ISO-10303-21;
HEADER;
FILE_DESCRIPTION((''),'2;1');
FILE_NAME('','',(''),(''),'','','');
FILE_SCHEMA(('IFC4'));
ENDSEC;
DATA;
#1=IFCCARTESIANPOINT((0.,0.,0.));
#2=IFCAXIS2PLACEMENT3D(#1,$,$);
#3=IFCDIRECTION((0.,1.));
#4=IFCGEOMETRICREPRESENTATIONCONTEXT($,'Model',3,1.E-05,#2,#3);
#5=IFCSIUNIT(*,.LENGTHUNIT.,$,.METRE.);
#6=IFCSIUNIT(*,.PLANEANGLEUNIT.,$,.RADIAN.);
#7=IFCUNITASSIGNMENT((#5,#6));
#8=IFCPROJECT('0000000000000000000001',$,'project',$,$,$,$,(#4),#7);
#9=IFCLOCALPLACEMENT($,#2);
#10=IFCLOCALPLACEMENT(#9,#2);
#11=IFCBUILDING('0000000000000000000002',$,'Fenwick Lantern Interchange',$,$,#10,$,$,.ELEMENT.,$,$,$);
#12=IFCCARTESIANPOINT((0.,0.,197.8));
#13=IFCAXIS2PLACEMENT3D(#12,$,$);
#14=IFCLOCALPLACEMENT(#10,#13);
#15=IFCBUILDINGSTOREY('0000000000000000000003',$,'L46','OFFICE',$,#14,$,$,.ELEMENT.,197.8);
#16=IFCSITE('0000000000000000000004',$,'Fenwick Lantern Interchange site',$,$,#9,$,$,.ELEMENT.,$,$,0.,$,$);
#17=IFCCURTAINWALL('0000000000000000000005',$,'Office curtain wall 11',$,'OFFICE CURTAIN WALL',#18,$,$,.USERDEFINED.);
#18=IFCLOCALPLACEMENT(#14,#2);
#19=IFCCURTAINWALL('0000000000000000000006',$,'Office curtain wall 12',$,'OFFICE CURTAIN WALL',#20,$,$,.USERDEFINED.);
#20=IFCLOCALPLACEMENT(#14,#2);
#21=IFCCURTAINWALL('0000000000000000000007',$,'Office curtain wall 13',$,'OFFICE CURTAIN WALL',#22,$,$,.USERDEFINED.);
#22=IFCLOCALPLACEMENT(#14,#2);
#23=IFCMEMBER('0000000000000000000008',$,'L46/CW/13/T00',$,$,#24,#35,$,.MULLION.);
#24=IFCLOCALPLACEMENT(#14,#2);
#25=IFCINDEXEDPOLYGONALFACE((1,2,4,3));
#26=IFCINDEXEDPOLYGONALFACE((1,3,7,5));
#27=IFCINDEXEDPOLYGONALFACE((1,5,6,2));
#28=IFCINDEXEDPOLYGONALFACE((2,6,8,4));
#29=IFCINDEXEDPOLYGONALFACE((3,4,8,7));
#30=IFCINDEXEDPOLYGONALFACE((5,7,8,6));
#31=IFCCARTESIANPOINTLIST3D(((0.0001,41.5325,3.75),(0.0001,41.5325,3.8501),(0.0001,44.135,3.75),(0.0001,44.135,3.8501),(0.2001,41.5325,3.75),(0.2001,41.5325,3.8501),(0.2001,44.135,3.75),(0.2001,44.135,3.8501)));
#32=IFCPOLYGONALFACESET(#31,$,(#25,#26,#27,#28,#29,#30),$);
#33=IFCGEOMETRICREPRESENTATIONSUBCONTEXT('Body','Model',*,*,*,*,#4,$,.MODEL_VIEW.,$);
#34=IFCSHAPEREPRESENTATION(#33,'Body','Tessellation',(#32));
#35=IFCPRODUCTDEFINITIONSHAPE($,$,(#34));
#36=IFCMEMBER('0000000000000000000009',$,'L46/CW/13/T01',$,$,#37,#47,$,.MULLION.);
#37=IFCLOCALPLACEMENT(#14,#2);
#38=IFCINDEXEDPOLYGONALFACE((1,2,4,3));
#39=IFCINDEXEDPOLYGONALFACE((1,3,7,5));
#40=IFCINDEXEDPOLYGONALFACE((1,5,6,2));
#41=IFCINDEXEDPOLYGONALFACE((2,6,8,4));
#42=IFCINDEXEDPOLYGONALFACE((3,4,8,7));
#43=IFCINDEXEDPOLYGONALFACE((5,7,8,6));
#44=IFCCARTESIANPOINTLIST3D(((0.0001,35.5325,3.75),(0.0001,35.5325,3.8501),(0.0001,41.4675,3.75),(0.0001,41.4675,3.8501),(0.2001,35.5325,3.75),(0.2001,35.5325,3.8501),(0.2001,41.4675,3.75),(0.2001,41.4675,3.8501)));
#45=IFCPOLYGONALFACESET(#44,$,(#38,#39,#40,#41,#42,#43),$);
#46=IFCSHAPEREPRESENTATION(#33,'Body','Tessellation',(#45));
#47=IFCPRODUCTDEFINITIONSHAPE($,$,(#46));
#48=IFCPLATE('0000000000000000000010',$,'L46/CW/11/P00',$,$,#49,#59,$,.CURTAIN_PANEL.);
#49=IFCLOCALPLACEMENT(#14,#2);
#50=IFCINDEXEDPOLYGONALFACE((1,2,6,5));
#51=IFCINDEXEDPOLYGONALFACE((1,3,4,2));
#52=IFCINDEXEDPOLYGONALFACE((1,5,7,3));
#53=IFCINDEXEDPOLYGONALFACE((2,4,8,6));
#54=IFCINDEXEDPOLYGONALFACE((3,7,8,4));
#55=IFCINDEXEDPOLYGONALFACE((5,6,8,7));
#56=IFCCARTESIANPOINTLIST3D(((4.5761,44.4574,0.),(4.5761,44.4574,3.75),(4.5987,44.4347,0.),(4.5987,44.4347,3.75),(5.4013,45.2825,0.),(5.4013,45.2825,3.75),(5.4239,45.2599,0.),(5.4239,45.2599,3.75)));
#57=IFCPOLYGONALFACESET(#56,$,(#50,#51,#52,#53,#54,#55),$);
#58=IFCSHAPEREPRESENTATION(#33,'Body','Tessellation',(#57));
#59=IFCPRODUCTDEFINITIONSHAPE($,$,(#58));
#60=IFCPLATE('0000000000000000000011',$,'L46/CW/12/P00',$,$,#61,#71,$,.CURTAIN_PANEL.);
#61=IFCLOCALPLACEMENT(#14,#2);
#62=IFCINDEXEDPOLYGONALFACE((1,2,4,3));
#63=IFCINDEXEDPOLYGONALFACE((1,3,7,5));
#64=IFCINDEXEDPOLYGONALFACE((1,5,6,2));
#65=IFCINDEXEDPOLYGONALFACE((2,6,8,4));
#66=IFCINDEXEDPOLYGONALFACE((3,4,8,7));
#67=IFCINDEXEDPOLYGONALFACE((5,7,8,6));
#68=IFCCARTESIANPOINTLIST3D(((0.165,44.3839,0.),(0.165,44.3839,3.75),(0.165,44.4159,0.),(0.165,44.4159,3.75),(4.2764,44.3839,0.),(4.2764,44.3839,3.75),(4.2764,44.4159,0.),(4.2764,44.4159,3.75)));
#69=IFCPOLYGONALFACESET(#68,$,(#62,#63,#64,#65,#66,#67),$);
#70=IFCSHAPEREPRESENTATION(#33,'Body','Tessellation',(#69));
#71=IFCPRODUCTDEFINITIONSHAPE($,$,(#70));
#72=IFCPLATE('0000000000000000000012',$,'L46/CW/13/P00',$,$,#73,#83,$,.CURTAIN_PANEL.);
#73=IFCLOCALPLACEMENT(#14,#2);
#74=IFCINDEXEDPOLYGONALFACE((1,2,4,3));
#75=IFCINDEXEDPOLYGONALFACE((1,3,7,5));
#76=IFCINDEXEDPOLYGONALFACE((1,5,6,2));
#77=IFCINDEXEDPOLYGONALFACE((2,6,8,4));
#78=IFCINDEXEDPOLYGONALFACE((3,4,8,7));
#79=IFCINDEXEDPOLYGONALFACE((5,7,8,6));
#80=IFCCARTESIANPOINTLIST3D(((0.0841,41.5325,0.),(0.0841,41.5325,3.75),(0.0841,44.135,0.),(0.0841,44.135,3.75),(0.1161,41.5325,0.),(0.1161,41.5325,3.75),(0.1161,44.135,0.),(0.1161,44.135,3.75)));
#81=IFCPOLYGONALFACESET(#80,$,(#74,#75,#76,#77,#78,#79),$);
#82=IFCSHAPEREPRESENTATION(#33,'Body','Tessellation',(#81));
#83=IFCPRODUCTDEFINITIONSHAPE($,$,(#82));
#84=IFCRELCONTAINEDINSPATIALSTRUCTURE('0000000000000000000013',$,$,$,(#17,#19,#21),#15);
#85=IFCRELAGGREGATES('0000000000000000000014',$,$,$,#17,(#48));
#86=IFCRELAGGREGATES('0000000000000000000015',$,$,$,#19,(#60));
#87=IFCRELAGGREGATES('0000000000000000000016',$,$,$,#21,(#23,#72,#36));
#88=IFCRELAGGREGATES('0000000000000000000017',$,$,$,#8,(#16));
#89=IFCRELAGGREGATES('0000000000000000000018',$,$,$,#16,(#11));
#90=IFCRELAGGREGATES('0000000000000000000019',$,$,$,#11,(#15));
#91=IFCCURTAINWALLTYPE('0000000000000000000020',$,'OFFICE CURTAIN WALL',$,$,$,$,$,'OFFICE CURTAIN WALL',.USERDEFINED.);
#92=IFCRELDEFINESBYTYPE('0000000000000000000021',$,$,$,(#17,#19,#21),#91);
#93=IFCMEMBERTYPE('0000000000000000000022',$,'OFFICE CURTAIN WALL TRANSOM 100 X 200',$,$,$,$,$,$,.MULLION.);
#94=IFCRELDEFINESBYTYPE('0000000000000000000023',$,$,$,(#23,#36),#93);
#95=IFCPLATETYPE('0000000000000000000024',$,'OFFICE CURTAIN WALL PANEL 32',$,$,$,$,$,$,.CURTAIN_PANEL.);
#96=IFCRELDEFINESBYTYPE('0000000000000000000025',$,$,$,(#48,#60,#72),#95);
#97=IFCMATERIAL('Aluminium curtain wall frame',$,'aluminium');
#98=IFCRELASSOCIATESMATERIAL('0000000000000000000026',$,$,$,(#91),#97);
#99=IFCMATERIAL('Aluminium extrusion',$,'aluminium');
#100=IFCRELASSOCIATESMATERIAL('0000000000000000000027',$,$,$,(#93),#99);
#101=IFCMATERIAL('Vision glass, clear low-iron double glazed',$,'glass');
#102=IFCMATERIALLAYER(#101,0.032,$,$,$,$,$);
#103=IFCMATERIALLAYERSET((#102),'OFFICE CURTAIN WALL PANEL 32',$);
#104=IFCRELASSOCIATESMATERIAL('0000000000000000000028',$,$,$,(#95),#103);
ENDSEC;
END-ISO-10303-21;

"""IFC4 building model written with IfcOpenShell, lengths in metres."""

from ifc_helpers import new_model, si_unit, direction, frame, origin, origin_2d, place, context, subcontext, project, spatial, rectangle, extrude, material, layer, layer_set, material_profile, profile_set, type_object, element, aggregate, save


model = new_model("IFC4")

# Units and contexts
model_context = context("Model", 3, precision=1e-05, world=origin(), true_north=direction((0.0, 1.0)))
body_context = subcontext(model_context, "Body", "Model", "MODEL_VIEW")
ifc_project = project(units=[si_unit("LENGTHUNIT", "METRE"), si_unit("PLANEANGLEUNIT", "RADIAN")], contexts=[model_context])

# Site, building, storey
site_placement = place(None, origin())
site = spatial("IfcSite", under=ifc_project, at=site_placement, Name="Fenwick Lantern Interchange site", CompositionType="ELEMENT", RefElevation=0.0)
building_placement = place(site_placement, origin())
building = spatial("IfcBuilding", under=site, at=building_placement, Name="Fenwick Lantern Interchange", CompositionType="ELEMENT")
storey_placement = place(building_placement, frame((0.0, 0.0, 197.8)))
storey = spatial("IfcBuildingStorey", under=building, at=storey_placement, Name="L46", Description="OFFICE", CompositionType="ELEMENT", Elevation=197.8)

# Shared definitions
ifc_material_1 = material(Name="Aluminium curtain wall frame", Category="aluminium")
curtain_wall_type = type_object("IfcCurtainWallType", Name="OFFICE CURTAIN WALL", ElementType="OFFICE CURTAIN WALL", PredefinedType="USERDEFINED", material=ifc_material_1)
ifc_material_2 = material(Name="Aluminium extrusion", Category="aluminium")

# Curtain walls
curtain_wall_1_placement = place(storey_placement, origin())
curtain_wall_1 = element("IfcCurtainWall", 1, at=curtain_wall_1_placement, inside=storey, type_object=curtain_wall_type, Name="Office curtain wall 11", ObjectType="OFFICE CURTAIN WALL", PredefinedType="USERDEFINED")
curtain_wall_2_placement = place(storey_placement, origin())
curtain_wall_2 = element("IfcCurtainWall", 2, at=curtain_wall_2_placement, inside=storey, type_object=curtain_wall_type, Name="Office curtain wall 12", ObjectType="OFFICE CURTAIN WALL", PredefinedType="USERDEFINED")
curtain_wall_3_placement = place(storey_placement, origin())
curtain_wall_3 = element("IfcCurtainWall", 3, at=curtain_wall_3_placement, inside=storey, type_object=curtain_wall_type, Name="Office curtain wall 13", ObjectType="OFFICE CURTAIN WALL", PredefinedType="USERDEFINED")

# Members
ifc_material_profile_1 = material_profile(ifc_material_2, rectangle(XDim=0.2, YDim=0.1001, at=origin_2d()), Name="OFFICE CURTAIN WALL TRANSOM 100 X 200")
ifc_profile_set_1 = profile_set([ifc_material_profile_1], Name="Aluminium extrusion")
member_type_1 = type_object("IfcMemberType", Name="OFFICE CURTAIN WALL TRANSOM 100 X 200", PredefinedType="MULLION", material=ifc_profile_set_1)
member_1_placement = place(storey_placement, frame((0.1001, 44.135, 3.8), z_axis=(0.0, -1.0, 0.0), x_axis=(1.0, 0.0, 0.0)))
member_1 = element("IfcMember", 4, at=member_1_placement, type_object=member_type_1, Name="L46/CW/13/T00", PredefinedType="MULLION", context=body_context, shape_type="SweptSolid", body=[
    extrude(rectangle(XDim=0.2, YDim=0.1001, at=origin_2d()), origin(), (0.0, 0.0, 1.0), 2.6025),
])
member_2_placement = place(storey_placement, frame((0.1001, 41.4675, 3.8), z_axis=(0.0, -1.0, 0.0), x_axis=(1.0, 0.0, 0.0)))
member_2 = element("IfcMember", 5, at=member_2_placement, type_object=member_type_1, Name="L46/CW/13/T01", PredefinedType="MULLION", context=body_context, shape_type="SweptSolid", body=[
    extrude(rectangle(XDim=0.2, YDim=0.1001, at=origin_2d()), origin(), (0.0, 0.0, 1.0), 5.9351),
])

# Plates
ifc_material_3 = material(Name="Vision glass, clear low-iron double glazed", Category="glass")
ifc_layer_1 = layer(ifc_material_3, 0.032)
ifc_layer_set_1 = layer_set([ifc_layer_1], Name="OFFICE CURTAIN WALL PANEL 32")
plate_type = type_object("IfcPlateType", Name="OFFICE CURTAIN WALL PANEL 32", PredefinedType="CURTAIN_PANEL", material=ifc_layer_set_1)
plate_1_placement = place(storey_placement, frame((5.0, 44.8586, 0.0), z_axis=(0.0, 0.0, 1.0), x_axis=(-0.707107, -0.707107, 0.0)))
plate_1 = element("IfcPlate", 6, at=plate_1_placement, type_object=plate_type, Name="L46/CW/11/P00", PredefinedType="CURTAIN_PANEL", context=body_context, shape_type="SweptSolid", body=[
    extrude(rectangle(XDim=1.167, YDim=0.032, at=origin_2d()), origin(), (0.0, 0.0, 1.0), 3.75),
])
aggregate(curtain_wall_1, [plate_1])
plate_2_placement = place(storey_placement, frame((2.2207, 44.3999, 0.0), z_axis=(0.0, 0.0, 1.0), x_axis=(-1.0, 0.0, 0.0)))
plate_2 = element("IfcPlate", 7, at=plate_2_placement, type_object=plate_type, Name="L46/CW/12/P00", PredefinedType="CURTAIN_PANEL", context=body_context, shape_type="SweptSolid", body=[
    extrude(rectangle(XDim=4.1113, YDim=0.032, at=origin_2d()), origin(), (0.0, 0.0, 1.0), 3.75),
])
aggregate(curtain_wall_2, [plate_2])
plate_3_placement = place(storey_placement, frame((0.1001, 42.8337, 0.0), z_axis=(0.0, 0.0, 1.0), x_axis=(0.0, -1.0, 0.0)))
plate_3 = element("IfcPlate", 8, at=plate_3_placement, type_object=plate_type, Name="L46/CW/13/P00", PredefinedType="CURTAIN_PANEL", context=body_context, shape_type="SweptSolid", body=[
    extrude(rectangle(XDim=2.6025, YDim=0.032, at=origin_2d()), origin(), (0.0, 0.0, 1.0), 3.75),
])
aggregate(curtain_wall_3, [member_1, plate_3, member_2])

save(model, "model.ifc")
